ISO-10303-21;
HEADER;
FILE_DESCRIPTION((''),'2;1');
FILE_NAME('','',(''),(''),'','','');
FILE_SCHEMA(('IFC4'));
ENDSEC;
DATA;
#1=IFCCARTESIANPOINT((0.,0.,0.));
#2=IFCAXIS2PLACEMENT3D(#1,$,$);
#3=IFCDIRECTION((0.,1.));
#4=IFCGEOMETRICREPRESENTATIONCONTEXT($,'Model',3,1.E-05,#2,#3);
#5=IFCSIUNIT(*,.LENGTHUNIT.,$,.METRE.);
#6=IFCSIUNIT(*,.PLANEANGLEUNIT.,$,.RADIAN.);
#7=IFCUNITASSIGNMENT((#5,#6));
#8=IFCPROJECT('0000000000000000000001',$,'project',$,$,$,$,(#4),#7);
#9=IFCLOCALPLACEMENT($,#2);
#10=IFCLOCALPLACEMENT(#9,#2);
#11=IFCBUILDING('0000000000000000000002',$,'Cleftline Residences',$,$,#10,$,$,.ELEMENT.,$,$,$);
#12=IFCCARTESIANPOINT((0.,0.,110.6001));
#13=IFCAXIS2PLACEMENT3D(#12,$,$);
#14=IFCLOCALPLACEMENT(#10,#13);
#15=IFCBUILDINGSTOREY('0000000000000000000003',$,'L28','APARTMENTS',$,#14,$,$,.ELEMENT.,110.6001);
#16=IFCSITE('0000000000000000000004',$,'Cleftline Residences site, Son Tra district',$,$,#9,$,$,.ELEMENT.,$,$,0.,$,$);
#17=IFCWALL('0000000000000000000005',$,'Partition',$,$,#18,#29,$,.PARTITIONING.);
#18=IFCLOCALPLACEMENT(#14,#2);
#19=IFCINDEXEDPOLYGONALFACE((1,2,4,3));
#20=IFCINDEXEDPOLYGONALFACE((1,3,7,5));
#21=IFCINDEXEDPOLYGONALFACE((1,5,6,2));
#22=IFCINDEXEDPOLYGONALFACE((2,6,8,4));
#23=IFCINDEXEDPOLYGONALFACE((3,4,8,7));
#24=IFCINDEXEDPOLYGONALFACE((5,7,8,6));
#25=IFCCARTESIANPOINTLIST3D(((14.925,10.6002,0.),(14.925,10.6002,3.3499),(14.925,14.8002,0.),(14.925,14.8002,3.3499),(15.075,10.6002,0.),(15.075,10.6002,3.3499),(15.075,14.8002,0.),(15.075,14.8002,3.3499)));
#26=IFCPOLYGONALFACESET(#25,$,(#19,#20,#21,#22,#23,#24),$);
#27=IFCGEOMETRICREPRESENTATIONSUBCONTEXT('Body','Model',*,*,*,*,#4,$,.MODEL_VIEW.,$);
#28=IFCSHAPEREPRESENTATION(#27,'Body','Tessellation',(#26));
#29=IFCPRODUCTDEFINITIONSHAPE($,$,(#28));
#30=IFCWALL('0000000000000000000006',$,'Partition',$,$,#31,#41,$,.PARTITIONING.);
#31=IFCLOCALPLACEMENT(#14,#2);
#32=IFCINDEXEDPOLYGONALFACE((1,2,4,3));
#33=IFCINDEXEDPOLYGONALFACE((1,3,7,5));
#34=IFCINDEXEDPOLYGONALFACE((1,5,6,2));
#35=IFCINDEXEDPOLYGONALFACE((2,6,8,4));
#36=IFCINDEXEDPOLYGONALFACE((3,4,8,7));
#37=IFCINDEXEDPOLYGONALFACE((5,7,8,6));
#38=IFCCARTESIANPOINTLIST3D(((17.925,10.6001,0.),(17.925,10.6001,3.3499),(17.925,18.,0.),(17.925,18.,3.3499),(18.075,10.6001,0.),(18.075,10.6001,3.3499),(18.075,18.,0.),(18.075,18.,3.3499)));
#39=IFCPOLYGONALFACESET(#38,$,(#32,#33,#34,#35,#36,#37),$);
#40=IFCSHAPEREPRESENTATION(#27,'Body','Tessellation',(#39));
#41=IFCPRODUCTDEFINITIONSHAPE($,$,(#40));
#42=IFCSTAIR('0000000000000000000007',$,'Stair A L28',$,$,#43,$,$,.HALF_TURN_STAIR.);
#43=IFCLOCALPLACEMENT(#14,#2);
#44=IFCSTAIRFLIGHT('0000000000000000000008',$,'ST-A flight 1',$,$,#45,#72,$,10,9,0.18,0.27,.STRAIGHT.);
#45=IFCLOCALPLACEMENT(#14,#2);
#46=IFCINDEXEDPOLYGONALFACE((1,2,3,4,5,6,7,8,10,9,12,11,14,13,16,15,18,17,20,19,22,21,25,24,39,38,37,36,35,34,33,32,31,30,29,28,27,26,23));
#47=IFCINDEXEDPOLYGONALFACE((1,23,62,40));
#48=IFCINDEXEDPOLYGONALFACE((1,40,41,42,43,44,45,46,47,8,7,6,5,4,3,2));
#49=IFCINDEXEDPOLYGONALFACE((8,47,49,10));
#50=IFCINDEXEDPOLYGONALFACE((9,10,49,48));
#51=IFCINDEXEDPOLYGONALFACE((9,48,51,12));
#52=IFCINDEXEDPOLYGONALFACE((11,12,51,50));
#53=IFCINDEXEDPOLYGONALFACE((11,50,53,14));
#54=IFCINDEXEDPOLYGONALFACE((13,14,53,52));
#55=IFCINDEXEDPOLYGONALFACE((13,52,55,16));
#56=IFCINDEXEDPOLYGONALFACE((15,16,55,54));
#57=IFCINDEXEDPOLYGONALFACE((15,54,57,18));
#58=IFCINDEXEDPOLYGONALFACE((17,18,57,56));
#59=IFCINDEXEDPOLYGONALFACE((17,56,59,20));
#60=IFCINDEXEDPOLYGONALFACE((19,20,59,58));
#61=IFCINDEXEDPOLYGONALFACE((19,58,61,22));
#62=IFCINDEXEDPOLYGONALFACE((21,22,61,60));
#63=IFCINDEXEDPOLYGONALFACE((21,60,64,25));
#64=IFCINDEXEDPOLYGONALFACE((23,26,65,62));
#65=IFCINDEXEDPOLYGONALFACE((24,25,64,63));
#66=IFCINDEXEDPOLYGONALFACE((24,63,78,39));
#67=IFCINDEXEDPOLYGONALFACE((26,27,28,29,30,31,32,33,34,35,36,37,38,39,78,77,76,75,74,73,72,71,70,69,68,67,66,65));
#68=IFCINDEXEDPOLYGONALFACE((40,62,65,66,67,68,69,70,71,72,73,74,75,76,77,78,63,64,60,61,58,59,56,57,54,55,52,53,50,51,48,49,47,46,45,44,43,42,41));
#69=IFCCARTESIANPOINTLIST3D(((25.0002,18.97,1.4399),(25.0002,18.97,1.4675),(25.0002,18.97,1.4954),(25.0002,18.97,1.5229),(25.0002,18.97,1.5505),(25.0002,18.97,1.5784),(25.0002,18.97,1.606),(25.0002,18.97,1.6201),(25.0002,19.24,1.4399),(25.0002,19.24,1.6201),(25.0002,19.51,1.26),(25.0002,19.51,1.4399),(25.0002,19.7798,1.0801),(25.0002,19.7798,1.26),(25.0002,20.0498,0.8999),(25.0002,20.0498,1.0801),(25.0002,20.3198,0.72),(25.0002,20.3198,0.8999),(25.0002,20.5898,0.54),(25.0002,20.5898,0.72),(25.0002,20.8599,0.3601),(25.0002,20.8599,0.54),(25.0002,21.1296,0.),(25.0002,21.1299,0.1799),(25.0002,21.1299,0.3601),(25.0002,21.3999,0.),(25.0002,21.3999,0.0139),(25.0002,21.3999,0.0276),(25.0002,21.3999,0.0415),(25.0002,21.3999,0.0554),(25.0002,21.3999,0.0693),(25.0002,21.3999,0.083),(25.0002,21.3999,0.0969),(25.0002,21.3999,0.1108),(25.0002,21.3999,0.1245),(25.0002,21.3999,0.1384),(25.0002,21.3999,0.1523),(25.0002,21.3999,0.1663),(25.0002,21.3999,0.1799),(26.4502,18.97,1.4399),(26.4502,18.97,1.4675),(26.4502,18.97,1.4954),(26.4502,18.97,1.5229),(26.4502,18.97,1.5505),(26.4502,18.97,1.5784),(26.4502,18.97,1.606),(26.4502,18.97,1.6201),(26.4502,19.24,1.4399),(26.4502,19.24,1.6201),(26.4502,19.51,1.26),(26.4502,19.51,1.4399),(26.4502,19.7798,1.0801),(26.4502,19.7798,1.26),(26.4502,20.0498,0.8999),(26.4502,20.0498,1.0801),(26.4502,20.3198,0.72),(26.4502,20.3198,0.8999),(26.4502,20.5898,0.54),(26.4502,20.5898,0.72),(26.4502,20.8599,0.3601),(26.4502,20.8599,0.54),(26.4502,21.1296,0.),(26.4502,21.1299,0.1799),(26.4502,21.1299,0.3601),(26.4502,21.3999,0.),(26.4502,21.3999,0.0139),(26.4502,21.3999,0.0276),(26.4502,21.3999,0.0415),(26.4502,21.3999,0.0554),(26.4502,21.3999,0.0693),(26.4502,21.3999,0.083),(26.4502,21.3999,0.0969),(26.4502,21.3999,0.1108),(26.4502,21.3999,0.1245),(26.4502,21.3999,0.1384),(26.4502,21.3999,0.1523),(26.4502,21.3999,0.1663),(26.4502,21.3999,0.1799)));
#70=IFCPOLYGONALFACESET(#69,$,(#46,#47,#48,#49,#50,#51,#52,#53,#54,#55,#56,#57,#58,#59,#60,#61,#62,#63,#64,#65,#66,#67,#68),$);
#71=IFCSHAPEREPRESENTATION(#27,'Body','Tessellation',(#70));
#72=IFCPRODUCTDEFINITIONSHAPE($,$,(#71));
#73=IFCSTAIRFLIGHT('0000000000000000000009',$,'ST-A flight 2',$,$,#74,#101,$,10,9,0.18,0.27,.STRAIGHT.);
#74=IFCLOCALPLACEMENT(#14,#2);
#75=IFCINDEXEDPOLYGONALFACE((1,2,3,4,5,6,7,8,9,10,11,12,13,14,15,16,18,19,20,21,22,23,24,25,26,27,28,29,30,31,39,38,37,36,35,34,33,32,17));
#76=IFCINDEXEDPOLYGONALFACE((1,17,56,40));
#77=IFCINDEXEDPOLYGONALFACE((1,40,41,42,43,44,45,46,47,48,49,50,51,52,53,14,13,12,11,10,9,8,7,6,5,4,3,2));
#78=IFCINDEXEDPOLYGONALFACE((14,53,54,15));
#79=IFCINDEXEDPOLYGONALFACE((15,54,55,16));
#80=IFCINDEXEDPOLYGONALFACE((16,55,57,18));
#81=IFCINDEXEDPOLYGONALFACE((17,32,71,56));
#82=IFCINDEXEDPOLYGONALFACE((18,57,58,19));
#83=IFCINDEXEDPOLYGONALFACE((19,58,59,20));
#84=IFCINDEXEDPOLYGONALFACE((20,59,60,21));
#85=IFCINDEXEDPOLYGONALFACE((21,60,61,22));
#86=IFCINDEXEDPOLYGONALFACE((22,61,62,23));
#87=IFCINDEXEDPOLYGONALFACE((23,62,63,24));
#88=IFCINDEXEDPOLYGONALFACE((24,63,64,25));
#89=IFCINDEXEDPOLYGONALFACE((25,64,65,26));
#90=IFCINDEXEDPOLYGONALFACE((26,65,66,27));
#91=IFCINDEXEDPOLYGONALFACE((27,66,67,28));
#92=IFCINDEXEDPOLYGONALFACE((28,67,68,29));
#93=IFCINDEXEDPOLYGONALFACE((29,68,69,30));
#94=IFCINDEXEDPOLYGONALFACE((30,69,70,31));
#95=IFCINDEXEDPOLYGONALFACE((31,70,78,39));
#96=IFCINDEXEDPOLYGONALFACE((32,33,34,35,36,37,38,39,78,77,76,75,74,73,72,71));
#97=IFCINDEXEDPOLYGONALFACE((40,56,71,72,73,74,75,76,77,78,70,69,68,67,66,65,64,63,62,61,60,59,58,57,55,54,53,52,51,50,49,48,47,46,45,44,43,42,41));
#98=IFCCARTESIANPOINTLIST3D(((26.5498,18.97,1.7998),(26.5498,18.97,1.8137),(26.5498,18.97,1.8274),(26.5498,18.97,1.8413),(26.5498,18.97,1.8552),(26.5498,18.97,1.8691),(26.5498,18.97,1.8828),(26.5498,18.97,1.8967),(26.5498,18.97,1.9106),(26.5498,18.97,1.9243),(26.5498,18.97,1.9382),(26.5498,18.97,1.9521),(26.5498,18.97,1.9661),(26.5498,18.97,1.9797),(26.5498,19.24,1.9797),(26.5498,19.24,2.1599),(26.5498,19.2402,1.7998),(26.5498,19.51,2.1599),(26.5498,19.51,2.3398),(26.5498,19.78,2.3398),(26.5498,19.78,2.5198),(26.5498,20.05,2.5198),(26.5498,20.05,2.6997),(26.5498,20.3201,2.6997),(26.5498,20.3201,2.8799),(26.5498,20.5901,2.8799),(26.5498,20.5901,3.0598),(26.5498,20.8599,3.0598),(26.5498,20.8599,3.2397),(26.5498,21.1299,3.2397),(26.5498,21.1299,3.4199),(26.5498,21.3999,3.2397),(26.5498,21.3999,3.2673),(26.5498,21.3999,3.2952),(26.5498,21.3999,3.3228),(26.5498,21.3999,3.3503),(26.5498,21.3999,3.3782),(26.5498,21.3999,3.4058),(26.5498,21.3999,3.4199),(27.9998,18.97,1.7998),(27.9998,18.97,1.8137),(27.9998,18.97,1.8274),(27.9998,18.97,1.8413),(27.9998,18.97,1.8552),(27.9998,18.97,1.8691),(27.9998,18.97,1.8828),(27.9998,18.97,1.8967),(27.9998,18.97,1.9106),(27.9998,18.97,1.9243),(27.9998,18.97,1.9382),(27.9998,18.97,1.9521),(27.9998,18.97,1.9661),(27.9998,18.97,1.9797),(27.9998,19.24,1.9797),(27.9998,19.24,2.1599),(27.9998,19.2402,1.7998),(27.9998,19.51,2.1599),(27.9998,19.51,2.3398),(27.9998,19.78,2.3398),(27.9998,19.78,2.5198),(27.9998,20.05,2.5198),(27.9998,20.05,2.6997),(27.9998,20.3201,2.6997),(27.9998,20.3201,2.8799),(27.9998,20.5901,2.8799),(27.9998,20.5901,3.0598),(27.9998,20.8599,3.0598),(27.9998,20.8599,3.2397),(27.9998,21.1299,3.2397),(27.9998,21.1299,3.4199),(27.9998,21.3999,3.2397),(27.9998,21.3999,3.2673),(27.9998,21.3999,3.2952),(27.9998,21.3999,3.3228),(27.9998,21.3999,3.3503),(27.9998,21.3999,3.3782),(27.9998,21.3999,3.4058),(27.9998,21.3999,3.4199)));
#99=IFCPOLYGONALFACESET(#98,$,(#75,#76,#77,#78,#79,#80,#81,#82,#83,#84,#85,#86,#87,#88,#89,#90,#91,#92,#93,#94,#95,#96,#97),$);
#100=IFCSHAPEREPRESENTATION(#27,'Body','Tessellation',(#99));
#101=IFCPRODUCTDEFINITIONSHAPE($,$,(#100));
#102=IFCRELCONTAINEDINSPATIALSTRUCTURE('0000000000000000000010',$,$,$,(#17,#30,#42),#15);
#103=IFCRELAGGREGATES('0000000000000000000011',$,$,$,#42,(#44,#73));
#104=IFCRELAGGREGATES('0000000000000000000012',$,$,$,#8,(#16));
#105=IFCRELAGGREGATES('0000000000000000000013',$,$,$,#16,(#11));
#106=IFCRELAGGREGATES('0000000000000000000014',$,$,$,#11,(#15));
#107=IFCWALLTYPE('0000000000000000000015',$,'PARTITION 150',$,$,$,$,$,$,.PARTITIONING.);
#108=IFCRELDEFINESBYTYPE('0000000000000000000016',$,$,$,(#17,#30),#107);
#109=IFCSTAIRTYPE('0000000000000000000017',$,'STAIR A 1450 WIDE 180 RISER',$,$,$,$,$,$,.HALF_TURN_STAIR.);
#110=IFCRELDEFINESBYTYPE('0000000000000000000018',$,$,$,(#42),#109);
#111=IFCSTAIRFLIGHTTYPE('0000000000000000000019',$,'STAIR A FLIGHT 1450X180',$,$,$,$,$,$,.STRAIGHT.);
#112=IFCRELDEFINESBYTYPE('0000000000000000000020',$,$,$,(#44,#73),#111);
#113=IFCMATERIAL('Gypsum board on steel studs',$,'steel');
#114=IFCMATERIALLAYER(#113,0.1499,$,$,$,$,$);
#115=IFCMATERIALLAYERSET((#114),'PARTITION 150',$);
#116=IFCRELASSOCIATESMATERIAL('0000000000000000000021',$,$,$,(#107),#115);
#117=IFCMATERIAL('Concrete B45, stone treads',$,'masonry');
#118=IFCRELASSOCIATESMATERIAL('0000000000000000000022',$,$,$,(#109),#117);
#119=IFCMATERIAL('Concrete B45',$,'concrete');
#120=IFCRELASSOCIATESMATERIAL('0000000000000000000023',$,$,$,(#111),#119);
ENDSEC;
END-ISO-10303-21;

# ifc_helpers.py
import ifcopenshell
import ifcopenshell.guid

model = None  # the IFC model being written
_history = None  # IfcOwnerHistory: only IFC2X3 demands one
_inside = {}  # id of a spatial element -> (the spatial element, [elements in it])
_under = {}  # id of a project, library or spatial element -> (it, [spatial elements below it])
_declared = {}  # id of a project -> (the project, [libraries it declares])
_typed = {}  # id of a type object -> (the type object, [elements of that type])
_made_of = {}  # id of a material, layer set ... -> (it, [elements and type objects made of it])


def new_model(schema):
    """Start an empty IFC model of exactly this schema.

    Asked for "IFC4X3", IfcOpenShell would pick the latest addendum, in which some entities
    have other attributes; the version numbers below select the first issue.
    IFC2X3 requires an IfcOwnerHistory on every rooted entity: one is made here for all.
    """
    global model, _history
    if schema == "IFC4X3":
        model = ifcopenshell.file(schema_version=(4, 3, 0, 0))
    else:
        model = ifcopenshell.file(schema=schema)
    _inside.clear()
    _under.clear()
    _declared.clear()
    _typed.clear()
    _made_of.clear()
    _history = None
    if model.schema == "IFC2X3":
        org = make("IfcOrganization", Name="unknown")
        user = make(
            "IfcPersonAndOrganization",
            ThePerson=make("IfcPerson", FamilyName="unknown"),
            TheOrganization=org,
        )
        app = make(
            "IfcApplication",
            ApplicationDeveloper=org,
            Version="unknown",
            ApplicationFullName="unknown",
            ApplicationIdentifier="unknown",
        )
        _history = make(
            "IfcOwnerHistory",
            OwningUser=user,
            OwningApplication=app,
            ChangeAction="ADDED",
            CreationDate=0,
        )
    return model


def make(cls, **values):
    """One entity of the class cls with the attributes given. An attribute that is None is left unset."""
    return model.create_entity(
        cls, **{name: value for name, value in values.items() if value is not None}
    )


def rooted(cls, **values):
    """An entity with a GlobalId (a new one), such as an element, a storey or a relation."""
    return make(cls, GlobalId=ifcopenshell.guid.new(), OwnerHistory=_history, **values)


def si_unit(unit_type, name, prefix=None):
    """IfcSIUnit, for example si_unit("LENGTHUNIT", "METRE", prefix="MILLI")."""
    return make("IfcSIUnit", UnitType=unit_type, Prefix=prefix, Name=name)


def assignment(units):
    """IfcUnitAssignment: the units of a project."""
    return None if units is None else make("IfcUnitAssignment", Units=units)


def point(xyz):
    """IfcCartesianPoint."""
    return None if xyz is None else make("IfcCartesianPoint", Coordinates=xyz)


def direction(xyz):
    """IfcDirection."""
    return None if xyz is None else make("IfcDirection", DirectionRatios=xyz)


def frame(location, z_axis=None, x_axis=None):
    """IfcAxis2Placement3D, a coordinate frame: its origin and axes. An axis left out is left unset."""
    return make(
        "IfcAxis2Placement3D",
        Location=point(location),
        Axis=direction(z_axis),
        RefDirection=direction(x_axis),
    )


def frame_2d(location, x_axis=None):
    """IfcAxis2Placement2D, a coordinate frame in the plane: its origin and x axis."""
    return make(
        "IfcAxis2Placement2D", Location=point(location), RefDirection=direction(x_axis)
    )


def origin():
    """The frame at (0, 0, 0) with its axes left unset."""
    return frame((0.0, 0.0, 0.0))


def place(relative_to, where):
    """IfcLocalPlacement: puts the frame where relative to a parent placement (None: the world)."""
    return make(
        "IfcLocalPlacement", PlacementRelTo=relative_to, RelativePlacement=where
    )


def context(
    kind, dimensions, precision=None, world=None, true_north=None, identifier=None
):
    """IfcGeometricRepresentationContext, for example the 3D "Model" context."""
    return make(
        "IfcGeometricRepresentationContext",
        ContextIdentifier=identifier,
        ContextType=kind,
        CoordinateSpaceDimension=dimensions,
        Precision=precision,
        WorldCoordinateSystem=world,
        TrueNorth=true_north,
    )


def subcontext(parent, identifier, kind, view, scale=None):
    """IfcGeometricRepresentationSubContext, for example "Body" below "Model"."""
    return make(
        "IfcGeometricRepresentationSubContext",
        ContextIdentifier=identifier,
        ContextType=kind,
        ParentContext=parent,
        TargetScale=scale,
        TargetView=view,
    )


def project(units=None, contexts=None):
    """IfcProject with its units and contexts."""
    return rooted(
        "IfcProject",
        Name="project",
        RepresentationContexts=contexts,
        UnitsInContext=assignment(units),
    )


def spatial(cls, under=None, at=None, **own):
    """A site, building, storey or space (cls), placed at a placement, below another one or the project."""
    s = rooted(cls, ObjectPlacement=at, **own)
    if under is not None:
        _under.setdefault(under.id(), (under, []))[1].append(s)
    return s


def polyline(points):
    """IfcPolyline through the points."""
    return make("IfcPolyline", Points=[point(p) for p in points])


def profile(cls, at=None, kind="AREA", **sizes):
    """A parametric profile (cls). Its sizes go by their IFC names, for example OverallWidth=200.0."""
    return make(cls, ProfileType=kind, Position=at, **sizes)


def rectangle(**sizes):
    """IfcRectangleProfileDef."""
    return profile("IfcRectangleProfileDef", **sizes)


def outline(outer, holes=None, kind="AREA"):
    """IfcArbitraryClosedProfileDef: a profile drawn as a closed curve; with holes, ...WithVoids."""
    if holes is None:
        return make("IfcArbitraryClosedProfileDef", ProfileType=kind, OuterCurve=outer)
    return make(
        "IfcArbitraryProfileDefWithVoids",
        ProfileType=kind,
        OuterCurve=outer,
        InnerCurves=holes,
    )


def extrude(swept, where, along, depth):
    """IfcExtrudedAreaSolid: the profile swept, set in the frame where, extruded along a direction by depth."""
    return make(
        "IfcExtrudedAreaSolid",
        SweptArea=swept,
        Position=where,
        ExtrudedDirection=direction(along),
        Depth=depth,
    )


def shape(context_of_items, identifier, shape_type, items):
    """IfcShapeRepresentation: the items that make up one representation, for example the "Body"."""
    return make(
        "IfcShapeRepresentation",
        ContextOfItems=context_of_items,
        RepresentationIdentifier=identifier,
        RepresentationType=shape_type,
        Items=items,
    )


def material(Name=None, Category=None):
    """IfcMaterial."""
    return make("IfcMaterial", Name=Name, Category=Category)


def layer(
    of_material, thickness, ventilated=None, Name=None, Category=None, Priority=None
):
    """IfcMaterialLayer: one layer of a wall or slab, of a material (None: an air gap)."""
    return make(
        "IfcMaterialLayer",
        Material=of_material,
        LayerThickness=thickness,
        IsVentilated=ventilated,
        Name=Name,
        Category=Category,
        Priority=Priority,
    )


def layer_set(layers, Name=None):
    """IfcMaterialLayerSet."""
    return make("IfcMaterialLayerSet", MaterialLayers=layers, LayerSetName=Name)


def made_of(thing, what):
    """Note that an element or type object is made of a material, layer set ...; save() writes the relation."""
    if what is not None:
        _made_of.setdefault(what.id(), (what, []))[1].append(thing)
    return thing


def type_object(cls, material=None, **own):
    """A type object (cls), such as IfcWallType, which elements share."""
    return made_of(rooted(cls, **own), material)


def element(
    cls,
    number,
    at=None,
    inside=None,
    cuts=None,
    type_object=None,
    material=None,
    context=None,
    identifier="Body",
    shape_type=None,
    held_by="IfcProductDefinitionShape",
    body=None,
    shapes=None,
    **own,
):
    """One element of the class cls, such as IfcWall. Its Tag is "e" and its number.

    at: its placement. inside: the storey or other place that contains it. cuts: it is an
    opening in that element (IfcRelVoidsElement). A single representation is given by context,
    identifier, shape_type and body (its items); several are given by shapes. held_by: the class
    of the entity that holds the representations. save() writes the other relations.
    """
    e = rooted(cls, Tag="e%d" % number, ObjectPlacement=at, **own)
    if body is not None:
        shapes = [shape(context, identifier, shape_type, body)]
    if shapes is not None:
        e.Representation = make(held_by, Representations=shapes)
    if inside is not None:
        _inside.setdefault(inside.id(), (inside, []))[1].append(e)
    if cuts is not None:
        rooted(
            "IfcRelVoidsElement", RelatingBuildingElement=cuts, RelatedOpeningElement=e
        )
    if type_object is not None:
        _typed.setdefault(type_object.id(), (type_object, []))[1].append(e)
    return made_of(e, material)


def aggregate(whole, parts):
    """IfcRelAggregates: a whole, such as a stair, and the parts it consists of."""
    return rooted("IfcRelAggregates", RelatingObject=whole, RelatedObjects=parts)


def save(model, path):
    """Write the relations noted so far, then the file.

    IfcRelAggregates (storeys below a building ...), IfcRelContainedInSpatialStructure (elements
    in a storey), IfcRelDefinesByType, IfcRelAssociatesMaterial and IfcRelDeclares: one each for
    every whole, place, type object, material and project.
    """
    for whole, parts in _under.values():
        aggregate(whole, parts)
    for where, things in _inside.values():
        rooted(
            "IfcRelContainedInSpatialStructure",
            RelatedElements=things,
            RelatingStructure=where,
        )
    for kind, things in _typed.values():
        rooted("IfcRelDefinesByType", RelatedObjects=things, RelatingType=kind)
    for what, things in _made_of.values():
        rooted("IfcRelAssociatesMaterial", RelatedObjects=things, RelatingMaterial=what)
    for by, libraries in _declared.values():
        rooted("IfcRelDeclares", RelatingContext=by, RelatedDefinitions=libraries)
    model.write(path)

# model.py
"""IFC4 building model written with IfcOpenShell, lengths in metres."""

from ifc_helpers import new_model, si_unit, direction, frame, frame_2d, origin, place, context, subcontext, project, spatial, polyline, rectangle, outline, extrude, material, layer, layer_set, type_object, element, aggregate, save


model = new_model("IFC4")

# Units and contexts
model_context = context("Model", 3, precision=1e-05, world=origin(), true_north=direction((0.0, 1.0)))
body_context = subcontext(model_context, "Body", "Model", "MODEL_VIEW")
ifc_project = project(units=[si_unit("LENGTHUNIT", "METRE"), si_unit("PLANEANGLEUNIT", "RADIAN")], contexts=[model_context])

# Site, building, storey
site_placement = place(None, origin())
site = spatial("IfcSite", under=ifc_project, at=site_placement, Name="Cleftline Residences site, Son Tra district", CompositionType="ELEMENT", RefElevation=0.0)
building_placement = place(site_placement, origin())
building = spatial("IfcBuilding", under=site, at=building_placement, Name="Cleftline Residences", CompositionType="ELEMENT")
storey_placement = place(building_placement, frame((0.0, 0.0, 110.6001)))
storey = spatial("IfcBuildingStorey", under=building, at=storey_placement, Name="L28", Description="APARTMENTS", CompositionType="ELEMENT", Elevation=110.6001)

# Shared definitions
ifc_material_1 = material(Name="Gypsum board on steel studs", Category="steel")
ifc_layer_1 = layer(ifc_material_1, 0.1499)
ifc_layer_set_1 = layer_set([ifc_layer_1], Name="PARTITION 150")
wall_type_1 = type_object("IfcWallType", Name="PARTITION 150", PredefinedType="PARTITIONING", material=ifc_layer_set_1)

# Walls
wall_1_placement = place(storey_placement, frame((15.0, 10.6001, 0.0), z_axis=(0.0, 0.0, 1.0), x_axis=(0.0, 1.0, 0.0)))
element("IfcWall", 1, at=wall_1_placement, inside=storey, type_object=wall_type_1, Name="Partition", PredefinedType="PARTITIONING", context=body_context, shape_type="SweptSolid", body=[
    extrude(rectangle(XDim=4.2, YDim=0.1499, at=frame_2d((2.1001, 0.0))), origin(), (0.0, 0.0, 1.0), 3.3499),
])
wall_2_placement = place(storey_placement, frame((18.0, 10.6001, 0.0), z_axis=(0.0, 0.0, 1.0), x_axis=(0.0, 1.0, 0.0)))
element("IfcWall", 2, at=wall_2_placement, inside=storey, type_object=wall_type_1, Name="Partition", PredefinedType="PARTITIONING", context=body_context, shape_type="SweptSolid", body=[
    extrude(rectangle(XDim=7.3999, YDim=0.1499, at=frame_2d((3.7, 0.0))), origin(), (0.0, 0.0, 1.0), 3.3499),
])

# Stair, stair flights
ifc_material_2 = material(Name="Concrete B45, stone treads", Category="masonry")
stair_type = type_object("IfcStairType", Name="STAIR A 1450 WIDE 180 RISER", PredefinedType="HALF_TURN_STAIR", material=ifc_material_2)
stair_placement = place(storey_placement, origin())
stair = element("IfcStair", 3, at=stair_placement, inside=storey, type_object=stair_type, Name="Stair A L28", PredefinedType="HALF_TURN_STAIR")
ifc_material_3 = material(Name="Concrete B45", Category="concrete")
stair_flight_type = type_object("IfcStairFlightType", Name="STAIR A FLIGHT 1450X180", PredefinedType="STRAIGHT", material=ifc_material_3)
stair_flight_1_placement = place(storey_placement, frame((25.7251, 21.3999, 0.0), z_axis=(0.0, 0.0, 1.0), x_axis=(0.0, -1.0, 0.0)))
stair_flight_1 = element("IfcStairFlight", 4, at=stair_flight_1_placement, type_object=stair_flight_type, Name="ST-A flight 1", NumberOfRisers=10, NumberOfTreads=9, PredefinedType="STRAIGHT", RiserHeight=0.18, TreadLength=0.27, context=body_context, shape_type="SweptSolid", body=[
    extrude(outline(polyline([(0.0, 0.0), (0.0, 0.0139), (0.0, 0.0276), (0.0, 0.0415), (0.0, 0.0554), (0.0, 0.0693), (0.0, 0.083), (0.0, 0.0969), (0.0, 0.1108), (0.0, 0.1245), (0.0, 0.1384), (0.0, 0.1523), (0.0, 0.1663), (0.0, 0.1799), (0.27, 0.1799), (0.27, 0.3601), (0.54, 0.3601), (0.54, 0.54), (0.8101, 0.54), (0.8101, 0.72), (1.0801, 0.72), (1.0801, 0.8999), (1.3501, 0.8999), (1.3501, 1.0801), (1.6201, 1.0801), (1.6201, 1.26), (1.8899, 1.26), (1.8899, 1.4399), (2.1599, 1.4399), (2.1599, 1.6201), (2.4299, 1.6201), (2.4299, 1.8), (2.4299, 1.7722), (2.4299, 1.7446), (2.4299, 1.7168), (2.4299, 1.6892), (2.4299, 1.6614), (2.4299, 1.6338), (2.4299, 1.606), (2.4299, 1.5784), (2.4299, 1.5505), (2.4299, 1.5229), (2.4299, 1.4954), (2.4299, 1.4675), (2.4299, 1.4399), (0.2703, 0.0), (0.0, 0.0)])), frame((0.0, 0.7251, 0.0), z_axis=(0.0, -1.0, 0.0), x_axis=(1.0, 0.0, 0.0)), (0.0, 0.0, 1.0), 1.45),
])
stair_flight_2_placement = place(storey_placement, frame((27.2749, 18.97, 1.7998), z_axis=(0.0, 0.0, 1.0), x_axis=(0.0, 1.0, 0.0)))
stair_flight_2 = element("IfcStairFlight", 5, at=stair_flight_2_placement, type_object=stair_flight_type, Name="ST-A flight 2", NumberOfRisers=10, NumberOfTreads=9, PredefinedType="STRAIGHT", RiserHeight=0.18, TreadLength=0.27, context=body_context, shape_type="SweptSolid", body=[
    extrude(outline(polyline([(0.0, 0.0), (0.0, 0.0139), (0.0, 0.0276), (0.0, 0.0415), (0.0, 0.0554), (0.0, 0.0693), (0.0, 0.083), (0.0, 0.0969), (0.0, 0.1108), (0.0, 0.1245), (0.0, 0.1384), (0.0, 0.1523), (0.0, 0.1663), (0.0, 0.1799), (0.27, 0.1799), (0.27, 0.3601), (0.54, 0.3601), (0.54, 0.54), (0.8101, 0.54), (0.8101, 0.72), (1.0801, 0.72), (1.0801, 0.8999), (1.3501, 0.8999), (1.3501, 1.0801), (1.6201, 1.0801), (1.6201, 1.26), (1.8899, 1.26), (1.8899, 1.4399), (2.1599, 1.4399), (2.1599, 1.6201), (2.4299, 1.6201), (2.4299, 1.8), (2.4299, 1.7722), (2.4299, 1.7446), (2.4299, 1.7168), (2.4299, 1.6892), (2.4299, 1.6614), (2.4299, 1.6338), (2.4299, 1.606), (2.4299, 1.5784), (2.4299, 1.5505), (2.4299, 1.5229), (2.4299, 1.4954), (2.4299, 1.4675), (2.4299, 1.4399), (0.2703, 0.0), (0.0, 0.0)])), frame((0.0, 0.7251, 0.0), z_axis=(0.0, -1.0, 0.0), x_axis=(1.0, 0.0, 0.0)), (0.0, 0.0, 1.0), 1.45),
])
aggregate(stair, [stair_flight_1, stair_flight_2])

save(model, "model.ifc")
